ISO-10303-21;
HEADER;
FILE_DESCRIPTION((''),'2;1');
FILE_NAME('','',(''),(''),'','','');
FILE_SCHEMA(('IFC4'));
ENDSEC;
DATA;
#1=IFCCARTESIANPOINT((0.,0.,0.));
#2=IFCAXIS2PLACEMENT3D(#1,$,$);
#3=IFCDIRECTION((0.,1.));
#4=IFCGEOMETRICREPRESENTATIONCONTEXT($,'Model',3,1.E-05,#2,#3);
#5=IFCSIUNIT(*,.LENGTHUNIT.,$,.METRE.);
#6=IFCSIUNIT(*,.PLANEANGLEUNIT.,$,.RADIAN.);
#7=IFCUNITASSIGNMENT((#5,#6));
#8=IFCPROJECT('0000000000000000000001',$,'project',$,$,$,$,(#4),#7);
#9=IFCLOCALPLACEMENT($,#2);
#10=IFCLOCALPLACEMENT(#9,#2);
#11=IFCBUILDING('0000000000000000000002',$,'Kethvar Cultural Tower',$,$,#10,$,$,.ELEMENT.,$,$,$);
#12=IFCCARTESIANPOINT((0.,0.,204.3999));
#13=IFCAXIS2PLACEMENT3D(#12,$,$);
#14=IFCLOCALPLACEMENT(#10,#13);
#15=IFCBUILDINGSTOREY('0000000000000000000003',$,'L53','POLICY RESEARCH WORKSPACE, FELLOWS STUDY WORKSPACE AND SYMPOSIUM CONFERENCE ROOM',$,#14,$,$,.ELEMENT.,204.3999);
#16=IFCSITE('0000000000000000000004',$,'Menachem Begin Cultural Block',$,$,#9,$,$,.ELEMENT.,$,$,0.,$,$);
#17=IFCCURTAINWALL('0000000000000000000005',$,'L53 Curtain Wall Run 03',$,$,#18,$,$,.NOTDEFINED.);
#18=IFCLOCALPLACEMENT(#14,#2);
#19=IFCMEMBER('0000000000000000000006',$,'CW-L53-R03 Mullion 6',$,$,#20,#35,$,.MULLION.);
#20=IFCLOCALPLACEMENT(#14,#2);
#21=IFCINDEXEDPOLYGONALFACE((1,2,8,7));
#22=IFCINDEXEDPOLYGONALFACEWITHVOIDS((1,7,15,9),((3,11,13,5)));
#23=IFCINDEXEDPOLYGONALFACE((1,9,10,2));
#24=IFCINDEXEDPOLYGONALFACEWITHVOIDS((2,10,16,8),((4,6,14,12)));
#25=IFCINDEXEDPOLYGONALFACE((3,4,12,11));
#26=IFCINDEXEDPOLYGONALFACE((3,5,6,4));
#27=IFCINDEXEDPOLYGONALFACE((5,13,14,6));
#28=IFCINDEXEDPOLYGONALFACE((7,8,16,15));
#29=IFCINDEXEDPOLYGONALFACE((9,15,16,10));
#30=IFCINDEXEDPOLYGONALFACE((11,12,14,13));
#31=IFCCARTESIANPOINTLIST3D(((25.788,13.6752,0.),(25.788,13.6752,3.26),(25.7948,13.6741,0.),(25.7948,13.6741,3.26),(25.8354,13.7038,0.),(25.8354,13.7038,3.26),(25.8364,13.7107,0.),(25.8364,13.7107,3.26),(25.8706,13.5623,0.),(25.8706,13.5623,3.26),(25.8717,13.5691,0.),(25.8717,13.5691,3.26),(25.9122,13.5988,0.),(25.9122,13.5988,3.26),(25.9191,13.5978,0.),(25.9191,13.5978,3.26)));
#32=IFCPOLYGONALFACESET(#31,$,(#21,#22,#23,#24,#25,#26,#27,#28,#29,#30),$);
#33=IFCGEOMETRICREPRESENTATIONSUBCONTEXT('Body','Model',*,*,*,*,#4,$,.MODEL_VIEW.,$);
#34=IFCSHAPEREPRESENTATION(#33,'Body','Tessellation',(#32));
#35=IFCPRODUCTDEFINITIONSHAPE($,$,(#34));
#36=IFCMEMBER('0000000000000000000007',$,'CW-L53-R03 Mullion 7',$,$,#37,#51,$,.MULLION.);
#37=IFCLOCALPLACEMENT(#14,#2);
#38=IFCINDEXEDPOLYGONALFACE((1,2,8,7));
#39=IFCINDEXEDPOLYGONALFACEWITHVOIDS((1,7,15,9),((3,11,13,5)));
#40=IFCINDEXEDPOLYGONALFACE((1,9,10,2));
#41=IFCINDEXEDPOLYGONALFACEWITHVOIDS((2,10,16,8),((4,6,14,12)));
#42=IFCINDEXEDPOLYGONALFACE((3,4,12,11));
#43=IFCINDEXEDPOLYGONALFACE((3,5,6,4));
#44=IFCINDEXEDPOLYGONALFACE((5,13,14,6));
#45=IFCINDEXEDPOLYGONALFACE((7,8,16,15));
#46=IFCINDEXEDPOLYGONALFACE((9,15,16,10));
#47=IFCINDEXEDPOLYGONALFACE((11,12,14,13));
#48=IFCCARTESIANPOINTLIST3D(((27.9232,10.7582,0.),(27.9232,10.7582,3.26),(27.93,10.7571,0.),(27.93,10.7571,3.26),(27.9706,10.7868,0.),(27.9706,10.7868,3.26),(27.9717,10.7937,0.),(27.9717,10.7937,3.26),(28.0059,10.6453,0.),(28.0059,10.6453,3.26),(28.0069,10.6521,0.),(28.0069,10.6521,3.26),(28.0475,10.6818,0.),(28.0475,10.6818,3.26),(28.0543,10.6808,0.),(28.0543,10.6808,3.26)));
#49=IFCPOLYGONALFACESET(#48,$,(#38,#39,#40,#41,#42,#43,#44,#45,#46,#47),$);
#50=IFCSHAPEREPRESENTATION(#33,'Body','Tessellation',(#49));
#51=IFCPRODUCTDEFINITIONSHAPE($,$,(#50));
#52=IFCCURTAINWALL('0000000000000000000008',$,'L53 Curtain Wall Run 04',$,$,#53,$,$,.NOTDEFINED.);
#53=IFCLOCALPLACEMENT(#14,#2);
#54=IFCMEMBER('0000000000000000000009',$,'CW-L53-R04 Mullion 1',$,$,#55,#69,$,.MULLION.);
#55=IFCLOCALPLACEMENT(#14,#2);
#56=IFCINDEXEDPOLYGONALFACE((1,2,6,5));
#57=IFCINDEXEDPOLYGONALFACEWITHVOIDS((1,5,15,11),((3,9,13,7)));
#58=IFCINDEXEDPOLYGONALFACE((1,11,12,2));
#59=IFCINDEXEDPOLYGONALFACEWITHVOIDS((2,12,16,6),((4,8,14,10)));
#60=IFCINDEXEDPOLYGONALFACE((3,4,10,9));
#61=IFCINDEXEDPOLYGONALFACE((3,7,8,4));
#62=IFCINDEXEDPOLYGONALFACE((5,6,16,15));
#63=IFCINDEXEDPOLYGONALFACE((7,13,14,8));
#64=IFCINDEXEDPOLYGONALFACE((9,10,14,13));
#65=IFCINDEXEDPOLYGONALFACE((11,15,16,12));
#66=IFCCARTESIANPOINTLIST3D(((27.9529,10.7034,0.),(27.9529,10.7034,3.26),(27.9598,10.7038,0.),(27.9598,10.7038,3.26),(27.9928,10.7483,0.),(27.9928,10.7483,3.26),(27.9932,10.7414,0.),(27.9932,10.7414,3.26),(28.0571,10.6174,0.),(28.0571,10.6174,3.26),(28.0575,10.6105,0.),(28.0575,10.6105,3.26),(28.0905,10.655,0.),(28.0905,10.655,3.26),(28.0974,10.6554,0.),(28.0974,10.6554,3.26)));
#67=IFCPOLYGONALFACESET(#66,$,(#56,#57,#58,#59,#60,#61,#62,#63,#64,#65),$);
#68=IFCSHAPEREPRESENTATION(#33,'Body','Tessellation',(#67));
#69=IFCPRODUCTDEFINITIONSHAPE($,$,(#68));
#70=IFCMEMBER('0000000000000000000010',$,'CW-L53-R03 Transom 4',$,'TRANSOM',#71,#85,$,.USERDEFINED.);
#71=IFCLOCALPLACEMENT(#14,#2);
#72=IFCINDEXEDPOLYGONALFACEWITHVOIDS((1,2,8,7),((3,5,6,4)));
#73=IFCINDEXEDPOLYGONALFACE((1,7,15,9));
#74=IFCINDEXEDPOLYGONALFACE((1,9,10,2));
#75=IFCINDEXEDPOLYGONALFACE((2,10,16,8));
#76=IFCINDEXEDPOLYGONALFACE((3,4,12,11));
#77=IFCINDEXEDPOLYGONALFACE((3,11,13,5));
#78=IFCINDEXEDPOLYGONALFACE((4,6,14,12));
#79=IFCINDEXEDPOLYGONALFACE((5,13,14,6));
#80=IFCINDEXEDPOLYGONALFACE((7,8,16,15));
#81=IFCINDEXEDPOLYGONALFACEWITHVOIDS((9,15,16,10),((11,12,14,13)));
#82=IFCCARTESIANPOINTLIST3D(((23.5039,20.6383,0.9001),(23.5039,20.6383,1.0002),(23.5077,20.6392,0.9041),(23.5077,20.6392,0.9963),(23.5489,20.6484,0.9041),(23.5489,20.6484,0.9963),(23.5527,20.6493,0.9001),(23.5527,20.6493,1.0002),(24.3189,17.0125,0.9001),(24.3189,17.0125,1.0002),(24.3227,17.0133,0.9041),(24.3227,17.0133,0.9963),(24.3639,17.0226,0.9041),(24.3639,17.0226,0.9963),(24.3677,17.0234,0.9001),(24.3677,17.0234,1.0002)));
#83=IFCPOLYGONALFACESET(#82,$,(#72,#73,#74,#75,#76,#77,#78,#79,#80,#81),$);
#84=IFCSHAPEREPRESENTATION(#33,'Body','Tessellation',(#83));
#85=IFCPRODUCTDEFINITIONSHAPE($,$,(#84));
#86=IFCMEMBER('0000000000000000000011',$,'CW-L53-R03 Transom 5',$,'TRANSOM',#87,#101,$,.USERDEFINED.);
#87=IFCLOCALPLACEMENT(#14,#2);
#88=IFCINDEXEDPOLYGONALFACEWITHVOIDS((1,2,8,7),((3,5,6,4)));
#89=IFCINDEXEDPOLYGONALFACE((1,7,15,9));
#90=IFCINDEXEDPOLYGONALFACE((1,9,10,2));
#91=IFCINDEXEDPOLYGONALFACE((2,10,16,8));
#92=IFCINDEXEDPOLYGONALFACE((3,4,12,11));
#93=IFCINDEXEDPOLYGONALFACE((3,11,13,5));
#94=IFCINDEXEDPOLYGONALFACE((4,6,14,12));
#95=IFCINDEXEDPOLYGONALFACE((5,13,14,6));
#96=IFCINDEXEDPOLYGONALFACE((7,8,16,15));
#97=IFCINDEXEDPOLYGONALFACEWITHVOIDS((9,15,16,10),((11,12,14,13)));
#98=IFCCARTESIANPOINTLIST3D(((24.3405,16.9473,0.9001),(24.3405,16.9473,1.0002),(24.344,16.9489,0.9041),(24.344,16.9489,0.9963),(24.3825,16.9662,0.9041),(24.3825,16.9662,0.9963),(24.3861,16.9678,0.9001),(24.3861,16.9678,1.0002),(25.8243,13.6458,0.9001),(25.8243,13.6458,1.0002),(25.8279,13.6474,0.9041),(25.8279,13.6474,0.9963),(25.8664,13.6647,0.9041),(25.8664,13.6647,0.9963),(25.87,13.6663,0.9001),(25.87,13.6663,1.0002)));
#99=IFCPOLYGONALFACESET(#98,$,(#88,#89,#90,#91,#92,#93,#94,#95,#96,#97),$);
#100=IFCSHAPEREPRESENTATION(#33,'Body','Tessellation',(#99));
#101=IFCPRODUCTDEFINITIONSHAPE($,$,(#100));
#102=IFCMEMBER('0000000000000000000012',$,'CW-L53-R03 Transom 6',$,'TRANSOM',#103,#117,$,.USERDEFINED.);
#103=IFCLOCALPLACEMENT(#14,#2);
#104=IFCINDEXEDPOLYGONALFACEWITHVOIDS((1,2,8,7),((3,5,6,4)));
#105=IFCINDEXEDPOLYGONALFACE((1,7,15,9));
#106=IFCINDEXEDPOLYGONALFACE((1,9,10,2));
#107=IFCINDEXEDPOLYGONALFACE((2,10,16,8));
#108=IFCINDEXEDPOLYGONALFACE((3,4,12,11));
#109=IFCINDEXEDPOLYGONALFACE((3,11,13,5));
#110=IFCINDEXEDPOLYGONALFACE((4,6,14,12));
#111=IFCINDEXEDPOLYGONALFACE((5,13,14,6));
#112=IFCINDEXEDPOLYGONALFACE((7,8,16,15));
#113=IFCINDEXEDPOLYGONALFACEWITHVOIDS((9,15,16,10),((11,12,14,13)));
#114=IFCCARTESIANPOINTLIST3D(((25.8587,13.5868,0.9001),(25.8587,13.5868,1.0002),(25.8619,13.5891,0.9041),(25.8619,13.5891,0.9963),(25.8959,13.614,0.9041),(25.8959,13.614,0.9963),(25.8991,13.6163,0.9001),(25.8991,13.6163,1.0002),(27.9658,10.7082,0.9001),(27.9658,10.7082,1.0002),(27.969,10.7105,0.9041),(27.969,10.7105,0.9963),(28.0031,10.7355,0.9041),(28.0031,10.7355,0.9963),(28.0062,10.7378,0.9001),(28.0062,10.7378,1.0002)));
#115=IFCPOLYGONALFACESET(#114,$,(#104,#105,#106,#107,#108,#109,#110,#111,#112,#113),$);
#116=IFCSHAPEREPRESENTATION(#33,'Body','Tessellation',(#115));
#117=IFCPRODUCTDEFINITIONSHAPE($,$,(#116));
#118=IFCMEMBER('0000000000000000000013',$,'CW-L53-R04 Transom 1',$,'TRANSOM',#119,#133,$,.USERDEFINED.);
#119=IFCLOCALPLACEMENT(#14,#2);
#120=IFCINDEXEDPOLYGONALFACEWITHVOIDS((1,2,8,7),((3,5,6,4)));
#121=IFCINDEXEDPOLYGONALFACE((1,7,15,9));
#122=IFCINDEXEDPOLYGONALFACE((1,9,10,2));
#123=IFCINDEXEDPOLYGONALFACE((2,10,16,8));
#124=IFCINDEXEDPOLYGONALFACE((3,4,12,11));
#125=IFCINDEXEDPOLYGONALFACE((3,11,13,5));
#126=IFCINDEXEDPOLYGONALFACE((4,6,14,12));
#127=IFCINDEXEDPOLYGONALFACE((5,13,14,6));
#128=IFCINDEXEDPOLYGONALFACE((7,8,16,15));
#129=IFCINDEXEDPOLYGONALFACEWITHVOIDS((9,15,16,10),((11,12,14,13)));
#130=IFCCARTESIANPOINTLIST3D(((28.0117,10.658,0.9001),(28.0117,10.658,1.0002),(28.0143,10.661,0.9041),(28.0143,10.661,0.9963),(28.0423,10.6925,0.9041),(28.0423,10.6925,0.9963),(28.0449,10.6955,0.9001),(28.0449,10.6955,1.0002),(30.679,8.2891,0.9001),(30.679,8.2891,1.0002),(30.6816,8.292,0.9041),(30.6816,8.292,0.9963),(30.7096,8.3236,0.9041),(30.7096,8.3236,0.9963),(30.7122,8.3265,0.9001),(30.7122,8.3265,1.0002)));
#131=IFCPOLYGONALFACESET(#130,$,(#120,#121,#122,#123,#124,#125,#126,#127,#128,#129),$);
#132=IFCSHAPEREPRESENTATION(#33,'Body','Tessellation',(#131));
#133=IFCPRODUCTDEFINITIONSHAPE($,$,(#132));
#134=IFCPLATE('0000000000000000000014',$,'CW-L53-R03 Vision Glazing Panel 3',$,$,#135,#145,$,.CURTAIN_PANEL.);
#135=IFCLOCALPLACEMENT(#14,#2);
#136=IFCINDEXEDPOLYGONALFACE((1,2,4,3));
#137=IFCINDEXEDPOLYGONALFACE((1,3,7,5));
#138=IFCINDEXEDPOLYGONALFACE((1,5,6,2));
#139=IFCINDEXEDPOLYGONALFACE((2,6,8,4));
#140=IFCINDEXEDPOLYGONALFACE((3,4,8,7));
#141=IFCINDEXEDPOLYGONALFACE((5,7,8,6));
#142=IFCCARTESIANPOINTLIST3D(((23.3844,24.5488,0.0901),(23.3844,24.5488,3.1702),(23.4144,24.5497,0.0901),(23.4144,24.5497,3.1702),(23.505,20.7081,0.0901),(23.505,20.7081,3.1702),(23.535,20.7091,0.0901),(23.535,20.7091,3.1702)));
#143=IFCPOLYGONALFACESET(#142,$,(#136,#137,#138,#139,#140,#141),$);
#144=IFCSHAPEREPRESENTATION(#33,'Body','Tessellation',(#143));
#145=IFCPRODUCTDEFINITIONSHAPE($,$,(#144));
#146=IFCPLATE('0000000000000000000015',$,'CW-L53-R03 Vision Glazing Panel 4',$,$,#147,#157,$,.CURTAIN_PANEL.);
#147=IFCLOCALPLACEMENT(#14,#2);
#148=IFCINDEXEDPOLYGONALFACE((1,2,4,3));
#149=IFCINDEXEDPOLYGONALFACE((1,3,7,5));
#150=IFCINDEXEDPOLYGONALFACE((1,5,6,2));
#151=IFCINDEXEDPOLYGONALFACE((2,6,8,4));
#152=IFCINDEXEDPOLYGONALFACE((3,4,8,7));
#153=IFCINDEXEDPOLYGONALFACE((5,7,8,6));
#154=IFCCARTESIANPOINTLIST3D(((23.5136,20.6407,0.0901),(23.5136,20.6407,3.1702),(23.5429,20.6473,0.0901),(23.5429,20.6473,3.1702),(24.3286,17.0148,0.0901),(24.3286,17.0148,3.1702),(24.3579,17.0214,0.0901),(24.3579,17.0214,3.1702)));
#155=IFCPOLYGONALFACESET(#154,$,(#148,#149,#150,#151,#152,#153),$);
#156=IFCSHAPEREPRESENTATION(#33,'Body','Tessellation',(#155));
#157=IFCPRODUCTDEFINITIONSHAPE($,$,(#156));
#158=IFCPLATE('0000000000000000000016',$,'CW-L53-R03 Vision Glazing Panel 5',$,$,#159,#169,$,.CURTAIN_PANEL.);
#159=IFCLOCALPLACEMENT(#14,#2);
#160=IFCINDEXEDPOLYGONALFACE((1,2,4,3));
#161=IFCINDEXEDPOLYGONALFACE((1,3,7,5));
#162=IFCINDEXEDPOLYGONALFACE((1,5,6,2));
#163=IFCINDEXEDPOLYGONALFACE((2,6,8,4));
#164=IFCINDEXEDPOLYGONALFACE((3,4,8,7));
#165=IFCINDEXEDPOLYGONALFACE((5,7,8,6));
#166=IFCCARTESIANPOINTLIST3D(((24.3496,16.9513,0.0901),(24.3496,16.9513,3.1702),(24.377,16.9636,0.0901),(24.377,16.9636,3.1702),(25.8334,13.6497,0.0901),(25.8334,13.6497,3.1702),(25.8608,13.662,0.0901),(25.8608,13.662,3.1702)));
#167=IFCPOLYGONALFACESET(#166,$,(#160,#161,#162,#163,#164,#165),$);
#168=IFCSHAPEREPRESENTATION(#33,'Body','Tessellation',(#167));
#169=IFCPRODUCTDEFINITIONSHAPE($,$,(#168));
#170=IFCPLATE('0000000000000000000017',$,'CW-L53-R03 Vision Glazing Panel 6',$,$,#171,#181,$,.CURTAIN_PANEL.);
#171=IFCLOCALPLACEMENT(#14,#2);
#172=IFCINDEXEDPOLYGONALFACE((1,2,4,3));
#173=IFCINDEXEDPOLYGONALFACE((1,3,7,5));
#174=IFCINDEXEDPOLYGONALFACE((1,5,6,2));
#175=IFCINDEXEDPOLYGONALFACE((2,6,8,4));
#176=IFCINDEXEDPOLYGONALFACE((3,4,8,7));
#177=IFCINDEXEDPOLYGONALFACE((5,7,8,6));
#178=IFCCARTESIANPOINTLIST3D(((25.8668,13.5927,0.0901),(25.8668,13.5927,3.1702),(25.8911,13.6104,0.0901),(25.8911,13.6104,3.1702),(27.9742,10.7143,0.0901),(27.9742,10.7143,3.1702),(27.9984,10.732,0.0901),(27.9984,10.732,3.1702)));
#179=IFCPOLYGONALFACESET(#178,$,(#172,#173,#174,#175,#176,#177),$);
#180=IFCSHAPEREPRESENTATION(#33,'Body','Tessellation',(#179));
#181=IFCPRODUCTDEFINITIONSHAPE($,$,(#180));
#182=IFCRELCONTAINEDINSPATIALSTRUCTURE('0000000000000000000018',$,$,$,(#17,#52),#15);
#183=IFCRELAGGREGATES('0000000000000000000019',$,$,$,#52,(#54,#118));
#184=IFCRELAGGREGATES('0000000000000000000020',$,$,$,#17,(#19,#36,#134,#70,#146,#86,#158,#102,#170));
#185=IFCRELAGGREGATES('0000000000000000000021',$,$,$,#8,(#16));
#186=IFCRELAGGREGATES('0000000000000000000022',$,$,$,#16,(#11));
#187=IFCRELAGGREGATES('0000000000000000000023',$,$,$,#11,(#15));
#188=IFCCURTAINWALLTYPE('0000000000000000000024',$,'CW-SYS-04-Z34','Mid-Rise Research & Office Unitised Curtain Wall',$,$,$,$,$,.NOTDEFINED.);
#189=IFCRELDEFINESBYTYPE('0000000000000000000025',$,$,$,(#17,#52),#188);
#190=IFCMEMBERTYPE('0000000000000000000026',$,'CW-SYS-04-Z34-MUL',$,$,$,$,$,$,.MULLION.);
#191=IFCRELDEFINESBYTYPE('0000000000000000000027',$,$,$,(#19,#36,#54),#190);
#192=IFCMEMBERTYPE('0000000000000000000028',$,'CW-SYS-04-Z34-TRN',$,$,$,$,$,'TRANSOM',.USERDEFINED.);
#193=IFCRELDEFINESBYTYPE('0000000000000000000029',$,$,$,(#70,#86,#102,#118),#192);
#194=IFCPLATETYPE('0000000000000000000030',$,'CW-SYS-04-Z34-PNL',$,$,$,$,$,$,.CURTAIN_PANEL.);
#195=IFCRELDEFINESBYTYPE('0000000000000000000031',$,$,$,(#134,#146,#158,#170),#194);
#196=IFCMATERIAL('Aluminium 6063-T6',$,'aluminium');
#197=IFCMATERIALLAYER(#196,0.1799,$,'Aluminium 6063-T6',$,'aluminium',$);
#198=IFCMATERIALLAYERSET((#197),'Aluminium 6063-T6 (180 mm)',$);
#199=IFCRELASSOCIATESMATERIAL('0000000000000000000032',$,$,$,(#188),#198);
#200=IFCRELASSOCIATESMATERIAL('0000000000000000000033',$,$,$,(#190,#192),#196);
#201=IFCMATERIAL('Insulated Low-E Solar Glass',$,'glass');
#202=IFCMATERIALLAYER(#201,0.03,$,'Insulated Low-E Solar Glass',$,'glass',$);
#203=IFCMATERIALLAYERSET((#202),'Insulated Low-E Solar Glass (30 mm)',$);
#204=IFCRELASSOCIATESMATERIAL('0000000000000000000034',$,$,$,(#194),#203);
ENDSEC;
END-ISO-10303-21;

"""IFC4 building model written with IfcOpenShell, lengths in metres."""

from ifc_helpers import new_model, si_unit, direction, frame, origin, origin_2d, place, context, subcontext, project, spatial, rectangle, hollow_rectangle, extrude, source, transform, mapped, material, layer, layer_set, material_profile, profile_set, type_object, element, aggregate, save


model = new_model("IFC4")

# Units and contexts
model_context = context("Model", 3, precision=1e-05, world=origin(), true_north=direction((0.0, 1.0)))
body_context = subcontext(model_context, "Body", "Model", "MODEL_VIEW")
ifc_project = project(units=[si_unit("LENGTHUNIT", "METRE"), si_unit("PLANEANGLEUNIT", "RADIAN")], contexts=[model_context])

# Site, building, storey
site_placement = place(None, origin())
site = spatial("IfcSite", under=ifc_project, at=site_placement, Name="Menachem Begin Cultural Block", CompositionType="ELEMENT", RefElevation=0.0)
building_placement = place(site_placement, origin())
building = spatial("IfcBuilding", under=site, at=building_placement, Name="Kethvar Cultural Tower", CompositionType="ELEMENT")
storey_placement = place(building_placement, frame((0.0, 0.0, 204.3999)))
storey = spatial("IfcBuildingStorey", under=building, at=storey_placement, Name="L53", Description="POLICY RESEARCH WORKSPACE, FELLOWS STUDY WORKSPACE AND SYMPOSIUM CONFERENCE ROOM", CompositionType="ELEMENT", Elevation=204.3999)

# Curtain wall, members
ifc_material_1 = material(Name="Aluminium 6063-T6", Category="aluminium")
ifc_layer_1 = layer(ifc_material_1, 0.1799, Name="Aluminium 6063-T6", Category="aluminium")
ifc_layer_set_1 = layer_set([ifc_layer_1], Name="Aluminium 6063-T6 (180 mm)")
curtain_wall_type = type_object("IfcCurtainWallType", Name="CW-SYS-04-Z34", Description="Mid-Rise Research & Office Unitised Curtain Wall", PredefinedType="NOTDEFINED", material=ifc_layer_set_1)
curtain_wall_1_placement = place(storey_placement, origin())
curtain_wall_1 = element("IfcCurtainWall", 1, at=curtain_wall_1_placement, inside=storey, type_object=curtain_wall_type, Name="L53 Curtain Wall Run 03", PredefinedType="NOTDEFINED")
ifc_material_profile_1 = material_profile(ifc_material_1, hollow_rectangle(XDim=0.0601, YDim=0.1399, WallThickness=0.0049, at=origin_2d()), Name="Aluminium 6063-T6 — RHS140x60x5")
ifc_profile_set_1 = profile_set([ifc_material_profile_1], Name="Aluminium 6063-T6 — RHS140x60x5")
member_type_1 = type_object("IfcMemberType", Name="CW-SYS-04-Z34-MUL", PredefinedType="MULLION", material=ifc_profile_set_1)
shared_shape_1 = source(origin(), body_context, "Body", "SweptSolid", [
    extrude(hollow_rectangle(XDim=0.0601, YDim=0.1399, WallThickness=0.0049, at=origin_2d()), origin(), (0.0, 0.0, 1.0), 3.26),
])
member_1_placement = place(storey_placement, frame((25.8535, 13.6365, 0.0), z_axis=(0.0, 0.0, 1.0), x_axis=(0.806878, 0.590718, 0.0)))
member_1 = element("IfcMember", 2, at=member_1_placement, type_object=member_type_1, Name="CW-L53-R03 Mullion 6", PredefinedType="MULLION", context=body_context, shape_type="MappedRepresentation", body=[
    mapped(shared_shape_1, transform((0.0, 0.0, 0.0), scale=1.0)),
])
member_2_placement = place(storey_placement, frame((27.9888, 10.7195, 0.0), z_axis=(0.0, 0.0, 1.0), x_axis=(0.806878, 0.590718, 0.0)))
member_2 = element("IfcMember", 3, at=member_2_placement, type_object=member_type_1, Name="CW-L53-R03 Mullion 7", PredefinedType="MULLION", context=body_context, shape_type="MappedRepresentation", body=[
    mapped(shared_shape_1, transform((0.0, 0.0, 0.0), scale=1.0)),
])

# Curtain wall, member
curtain_wall_2_placement = place(storey_placement, origin())
curtain_wall_2 = element("IfcCurtainWall", 4, at=curtain_wall_2_placement, inside=storey, type_object=curtain_wall_type, Name="L53 Curtain Wall Run 04", PredefinedType="NOTDEFINED")
member_3_placement = place(storey_placement, frame((28.0251, 10.6794, 0.0), z_axis=(0.0, 0.0, 1.0), x_axis=(0.664031, 0.747705, 0.0)))
member_3 = element("IfcMember", 5, at=member_3_placement, type_object=member_type_1, Name="CW-L53-R04 Mullion 1", PredefinedType="MULLION", context=body_context, shape_type="MappedRepresentation", body=[
    mapped(shared_shape_1, transform((0.0, 0.0, 0.0), scale=1.0)),
])

# Members
ifc_material_profile_2 = material_profile(ifc_material_1, hollow_rectangle(XDim=0.05, YDim=0.1001, WallThickness=0.0039, at=origin_2d()), Name="Aluminium 6063-T6 — RHS100x50x4")
ifc_profile_set_2 = profile_set([ifc_material_profile_2], Name="Aluminium 6063-T6 — RHS100x50x4")
member_type_2 = type_object("IfcMemberType", Name="CW-SYS-04-Z34-TRN", ElementType="TRANSOM", PredefinedType="USERDEFINED", material=ifc_profile_set_2)
shared_shape_2 = source(origin(), body_context, "Body", "SweptSolid", [
    extrude(hollow_rectangle(XDim=0.05, YDim=0.1001, WallThickness=0.0039, at=origin_2d()), origin(), (0.0, 0.0, 1.0), 3.7163),
])
member_4_placement = place(storey_placement, frame((23.5283, 20.6438, 0.9502), z_axis=(0.219295, -0.975659, 0.0), x_axis=(0.975659, 0.219295, 0.0)))
member_4 = element("IfcMember", 6, at=member_4_placement, type_object=member_type_2, Name="CW-L53-R03 Transom 4", ObjectType="TRANSOM", PredefinedType="USERDEFINED", context=body_context, shape_type="MappedRepresentation", body=[
    mapped(shared_shape_2, transform((0.0, 0.0, 0.0), scale=1.0)),
])
shared_shape_3 = source(origin(), body_context, "Body", "SweptSolid", [
    extrude(hollow_rectangle(XDim=0.05, YDim=0.1001, WallThickness=0.0039, at=origin_2d()), origin(), (0.0, 0.0, 1.0), 3.6196),
])
member_5_placement = place(storey_placement, frame((24.3633, 16.9575, 0.9502), z_axis=(0.409952, -0.912107, 0.0), x_axis=(0.912107, 0.409952, 0.0)))
member_5 = element("IfcMember", 7, at=member_5_placement, type_object=member_type_2, Name="CW-L53-R03 Transom 5", ObjectType="TRANSOM", PredefinedType="USERDEFINED", context=body_context, shape_type="MappedRepresentation", body=[
    mapped(shared_shape_3, transform((0.0, 0.0, 0.0), scale=1.0)),
])
shared_shape_4 = source(origin(), body_context, "Body", "SweptSolid", [
    extrude(hollow_rectangle(XDim=0.05, YDim=0.1001, WallThickness=0.0039, at=origin_2d()), origin(), (0.0, 0.0, 1.0), 3.5674),
])
member_6_placement = place(storey_placement, frame((25.8789, 13.6016, 0.9502), z_axis=(0.590663, -0.806918, 0.0), x_axis=(0.806918, 0.590663, 0.0)))
member_6 = element("IfcMember", 8, at=member_6_placement, type_object=member_type_2, Name="CW-L53-R03 Transom 6", ObjectType="TRANSOM", PredefinedType="USERDEFINED", context=body_context, shape_type="MappedRepresentation", body=[
    mapped(shared_shape_4, transform((0.0, 0.0, 0.0), scale=1.0)),
])
member_7_placement = place(storey_placement, frame((28.0283, 10.6768, 0.9502), z_axis=(0.747685, -0.664054, 0.0), x_axis=(0.664054, 0.747685, 0.0)))
member_7 = element("IfcMember", 9, at=member_7_placement, type_object=member_type_2, Name="CW-L53-R04 Transom 1", ObjectType="TRANSOM", PredefinedType="USERDEFINED", context=body_context, shape_type="MappedRepresentation", body=[
    mapped(shared_shape_4, transform((0.0, 0.0, 0.0), scale=1.0)),
])
aggregate(curtain_wall_2, [member_3, member_7])

# Plates
ifc_material_2 = material(Name="Insulated Low-E Solar Glass", Category="glass")
ifc_layer_2 = layer(ifc_material_2, 0.03, Name="Insulated Low-E Solar Glass", Category="glass")
ifc_layer_set_2 = layer_set([ifc_layer_2], Name="Insulated Low-E Solar Glass (30 mm)")
plate_type = type_object("IfcPlateType", Name="CW-SYS-04-Z34-PNL", PredefinedType="CURTAIN_PANEL", material=ifc_layer_set_2)
shared_shape_5 = source(origin(), body_context, "Body", "SweptSolid", [
    extrude(rectangle(XDim=3.8425, YDim=0.03, at=origin_2d()), origin(), (0.0, 0.0, 1.0), 3.0801),
])
plate_1_placement = place(storey_placement, frame((23.4597, 22.6289, 0.0901), z_axis=(0.0, 0.0, 1.0), x_axis=(0.031376, -0.999508, 0.0)))
plate_1 = element("IfcPlate", 10, at=plate_1_placement, type_object=plate_type, Name="CW-L53-R03 Vision Glazing Panel 3", PredefinedType="CURTAIN_PANEL", context=body_context, shape_type="MappedRepresentation", body=[
    mapped(shared_shape_5, transform((0.0, 0.0, 0.0), scale=1.0)),
])
shared_shape_6 = source(origin(), body_context, "Body", "SweptSolid", [
    extrude(rectangle(XDim=3.7163, YDim=0.03, at=origin_2d()), origin(), (0.0, 0.0, 1.0), 3.0801),
])
plate_2_placement = place(storey_placement, frame((23.9358, 18.8311, 0.0901), z_axis=(0.0, 0.0, 1.0), x_axis=(0.219301, -0.975657, 0.0)))
plate_2 = element("IfcPlate", 11, at=plate_2_placement, type_object=plate_type, Name="CW-L53-R03 Vision Glazing Panel 4", PredefinedType="CURTAIN_PANEL", context=body_context, shape_type="MappedRepresentation", body=[
    mapped(shared_shape_6, transform((0.0, 0.0, 0.0), scale=1.0)),
])
shared_shape_7 = source(origin(), body_context, "Body", "SweptSolid", [
    extrude(rectangle(XDim=3.6196, YDim=0.03, at=origin_2d()), origin(), (0.0, 0.0, 1.0), 3.0801),
])
plate_3_placement = place(storey_placement, frame((25.1052, 15.3066, 0.0901), z_axis=(0.0, 0.0, 1.0), x_axis=(0.409923, -0.91212, 0.0)))
plate_3 = element("IfcPlate", 12, at=plate_3_placement, type_object=plate_type, Name="CW-L53-R03 Vision Glazing Panel 5", PredefinedType="CURTAIN_PANEL", context=body_context, shape_type="MappedRepresentation", body=[
    mapped(shared_shape_7, transform((0.0, 0.0, 0.0), scale=1.0)),
])
shared_shape_8 = source(origin(), body_context, "Body", "SweptSolid", [
    extrude(rectangle(XDim=3.5674, YDim=0.03, at=origin_2d()), origin(), (0.0, 0.0, 1.0), 3.0801),
])
plate_4_placement = place(storey_placement, frame((26.9326, 12.1624, 0.0901), z_axis=(0.0, 0.0, 1.0), x_axis=(0.590718, -0.806878, 0.0)))
plate_4 = element("IfcPlate", 13, at=plate_4_placement, type_object=plate_type, Name="CW-L53-R03 Vision Glazing Panel 6", PredefinedType="CURTAIN_PANEL", context=body_context, shape_type="MappedRepresentation", body=[
    mapped(shared_shape_8, transform((0.0, 0.0, 0.0), scale=1.0)),
])
aggregate(curtain_wall_1, [member_1, member_2, plate_1, member_4, plate_2, member_5, plate_3, member_6, plate_4])

save(model, "model.ifc")
